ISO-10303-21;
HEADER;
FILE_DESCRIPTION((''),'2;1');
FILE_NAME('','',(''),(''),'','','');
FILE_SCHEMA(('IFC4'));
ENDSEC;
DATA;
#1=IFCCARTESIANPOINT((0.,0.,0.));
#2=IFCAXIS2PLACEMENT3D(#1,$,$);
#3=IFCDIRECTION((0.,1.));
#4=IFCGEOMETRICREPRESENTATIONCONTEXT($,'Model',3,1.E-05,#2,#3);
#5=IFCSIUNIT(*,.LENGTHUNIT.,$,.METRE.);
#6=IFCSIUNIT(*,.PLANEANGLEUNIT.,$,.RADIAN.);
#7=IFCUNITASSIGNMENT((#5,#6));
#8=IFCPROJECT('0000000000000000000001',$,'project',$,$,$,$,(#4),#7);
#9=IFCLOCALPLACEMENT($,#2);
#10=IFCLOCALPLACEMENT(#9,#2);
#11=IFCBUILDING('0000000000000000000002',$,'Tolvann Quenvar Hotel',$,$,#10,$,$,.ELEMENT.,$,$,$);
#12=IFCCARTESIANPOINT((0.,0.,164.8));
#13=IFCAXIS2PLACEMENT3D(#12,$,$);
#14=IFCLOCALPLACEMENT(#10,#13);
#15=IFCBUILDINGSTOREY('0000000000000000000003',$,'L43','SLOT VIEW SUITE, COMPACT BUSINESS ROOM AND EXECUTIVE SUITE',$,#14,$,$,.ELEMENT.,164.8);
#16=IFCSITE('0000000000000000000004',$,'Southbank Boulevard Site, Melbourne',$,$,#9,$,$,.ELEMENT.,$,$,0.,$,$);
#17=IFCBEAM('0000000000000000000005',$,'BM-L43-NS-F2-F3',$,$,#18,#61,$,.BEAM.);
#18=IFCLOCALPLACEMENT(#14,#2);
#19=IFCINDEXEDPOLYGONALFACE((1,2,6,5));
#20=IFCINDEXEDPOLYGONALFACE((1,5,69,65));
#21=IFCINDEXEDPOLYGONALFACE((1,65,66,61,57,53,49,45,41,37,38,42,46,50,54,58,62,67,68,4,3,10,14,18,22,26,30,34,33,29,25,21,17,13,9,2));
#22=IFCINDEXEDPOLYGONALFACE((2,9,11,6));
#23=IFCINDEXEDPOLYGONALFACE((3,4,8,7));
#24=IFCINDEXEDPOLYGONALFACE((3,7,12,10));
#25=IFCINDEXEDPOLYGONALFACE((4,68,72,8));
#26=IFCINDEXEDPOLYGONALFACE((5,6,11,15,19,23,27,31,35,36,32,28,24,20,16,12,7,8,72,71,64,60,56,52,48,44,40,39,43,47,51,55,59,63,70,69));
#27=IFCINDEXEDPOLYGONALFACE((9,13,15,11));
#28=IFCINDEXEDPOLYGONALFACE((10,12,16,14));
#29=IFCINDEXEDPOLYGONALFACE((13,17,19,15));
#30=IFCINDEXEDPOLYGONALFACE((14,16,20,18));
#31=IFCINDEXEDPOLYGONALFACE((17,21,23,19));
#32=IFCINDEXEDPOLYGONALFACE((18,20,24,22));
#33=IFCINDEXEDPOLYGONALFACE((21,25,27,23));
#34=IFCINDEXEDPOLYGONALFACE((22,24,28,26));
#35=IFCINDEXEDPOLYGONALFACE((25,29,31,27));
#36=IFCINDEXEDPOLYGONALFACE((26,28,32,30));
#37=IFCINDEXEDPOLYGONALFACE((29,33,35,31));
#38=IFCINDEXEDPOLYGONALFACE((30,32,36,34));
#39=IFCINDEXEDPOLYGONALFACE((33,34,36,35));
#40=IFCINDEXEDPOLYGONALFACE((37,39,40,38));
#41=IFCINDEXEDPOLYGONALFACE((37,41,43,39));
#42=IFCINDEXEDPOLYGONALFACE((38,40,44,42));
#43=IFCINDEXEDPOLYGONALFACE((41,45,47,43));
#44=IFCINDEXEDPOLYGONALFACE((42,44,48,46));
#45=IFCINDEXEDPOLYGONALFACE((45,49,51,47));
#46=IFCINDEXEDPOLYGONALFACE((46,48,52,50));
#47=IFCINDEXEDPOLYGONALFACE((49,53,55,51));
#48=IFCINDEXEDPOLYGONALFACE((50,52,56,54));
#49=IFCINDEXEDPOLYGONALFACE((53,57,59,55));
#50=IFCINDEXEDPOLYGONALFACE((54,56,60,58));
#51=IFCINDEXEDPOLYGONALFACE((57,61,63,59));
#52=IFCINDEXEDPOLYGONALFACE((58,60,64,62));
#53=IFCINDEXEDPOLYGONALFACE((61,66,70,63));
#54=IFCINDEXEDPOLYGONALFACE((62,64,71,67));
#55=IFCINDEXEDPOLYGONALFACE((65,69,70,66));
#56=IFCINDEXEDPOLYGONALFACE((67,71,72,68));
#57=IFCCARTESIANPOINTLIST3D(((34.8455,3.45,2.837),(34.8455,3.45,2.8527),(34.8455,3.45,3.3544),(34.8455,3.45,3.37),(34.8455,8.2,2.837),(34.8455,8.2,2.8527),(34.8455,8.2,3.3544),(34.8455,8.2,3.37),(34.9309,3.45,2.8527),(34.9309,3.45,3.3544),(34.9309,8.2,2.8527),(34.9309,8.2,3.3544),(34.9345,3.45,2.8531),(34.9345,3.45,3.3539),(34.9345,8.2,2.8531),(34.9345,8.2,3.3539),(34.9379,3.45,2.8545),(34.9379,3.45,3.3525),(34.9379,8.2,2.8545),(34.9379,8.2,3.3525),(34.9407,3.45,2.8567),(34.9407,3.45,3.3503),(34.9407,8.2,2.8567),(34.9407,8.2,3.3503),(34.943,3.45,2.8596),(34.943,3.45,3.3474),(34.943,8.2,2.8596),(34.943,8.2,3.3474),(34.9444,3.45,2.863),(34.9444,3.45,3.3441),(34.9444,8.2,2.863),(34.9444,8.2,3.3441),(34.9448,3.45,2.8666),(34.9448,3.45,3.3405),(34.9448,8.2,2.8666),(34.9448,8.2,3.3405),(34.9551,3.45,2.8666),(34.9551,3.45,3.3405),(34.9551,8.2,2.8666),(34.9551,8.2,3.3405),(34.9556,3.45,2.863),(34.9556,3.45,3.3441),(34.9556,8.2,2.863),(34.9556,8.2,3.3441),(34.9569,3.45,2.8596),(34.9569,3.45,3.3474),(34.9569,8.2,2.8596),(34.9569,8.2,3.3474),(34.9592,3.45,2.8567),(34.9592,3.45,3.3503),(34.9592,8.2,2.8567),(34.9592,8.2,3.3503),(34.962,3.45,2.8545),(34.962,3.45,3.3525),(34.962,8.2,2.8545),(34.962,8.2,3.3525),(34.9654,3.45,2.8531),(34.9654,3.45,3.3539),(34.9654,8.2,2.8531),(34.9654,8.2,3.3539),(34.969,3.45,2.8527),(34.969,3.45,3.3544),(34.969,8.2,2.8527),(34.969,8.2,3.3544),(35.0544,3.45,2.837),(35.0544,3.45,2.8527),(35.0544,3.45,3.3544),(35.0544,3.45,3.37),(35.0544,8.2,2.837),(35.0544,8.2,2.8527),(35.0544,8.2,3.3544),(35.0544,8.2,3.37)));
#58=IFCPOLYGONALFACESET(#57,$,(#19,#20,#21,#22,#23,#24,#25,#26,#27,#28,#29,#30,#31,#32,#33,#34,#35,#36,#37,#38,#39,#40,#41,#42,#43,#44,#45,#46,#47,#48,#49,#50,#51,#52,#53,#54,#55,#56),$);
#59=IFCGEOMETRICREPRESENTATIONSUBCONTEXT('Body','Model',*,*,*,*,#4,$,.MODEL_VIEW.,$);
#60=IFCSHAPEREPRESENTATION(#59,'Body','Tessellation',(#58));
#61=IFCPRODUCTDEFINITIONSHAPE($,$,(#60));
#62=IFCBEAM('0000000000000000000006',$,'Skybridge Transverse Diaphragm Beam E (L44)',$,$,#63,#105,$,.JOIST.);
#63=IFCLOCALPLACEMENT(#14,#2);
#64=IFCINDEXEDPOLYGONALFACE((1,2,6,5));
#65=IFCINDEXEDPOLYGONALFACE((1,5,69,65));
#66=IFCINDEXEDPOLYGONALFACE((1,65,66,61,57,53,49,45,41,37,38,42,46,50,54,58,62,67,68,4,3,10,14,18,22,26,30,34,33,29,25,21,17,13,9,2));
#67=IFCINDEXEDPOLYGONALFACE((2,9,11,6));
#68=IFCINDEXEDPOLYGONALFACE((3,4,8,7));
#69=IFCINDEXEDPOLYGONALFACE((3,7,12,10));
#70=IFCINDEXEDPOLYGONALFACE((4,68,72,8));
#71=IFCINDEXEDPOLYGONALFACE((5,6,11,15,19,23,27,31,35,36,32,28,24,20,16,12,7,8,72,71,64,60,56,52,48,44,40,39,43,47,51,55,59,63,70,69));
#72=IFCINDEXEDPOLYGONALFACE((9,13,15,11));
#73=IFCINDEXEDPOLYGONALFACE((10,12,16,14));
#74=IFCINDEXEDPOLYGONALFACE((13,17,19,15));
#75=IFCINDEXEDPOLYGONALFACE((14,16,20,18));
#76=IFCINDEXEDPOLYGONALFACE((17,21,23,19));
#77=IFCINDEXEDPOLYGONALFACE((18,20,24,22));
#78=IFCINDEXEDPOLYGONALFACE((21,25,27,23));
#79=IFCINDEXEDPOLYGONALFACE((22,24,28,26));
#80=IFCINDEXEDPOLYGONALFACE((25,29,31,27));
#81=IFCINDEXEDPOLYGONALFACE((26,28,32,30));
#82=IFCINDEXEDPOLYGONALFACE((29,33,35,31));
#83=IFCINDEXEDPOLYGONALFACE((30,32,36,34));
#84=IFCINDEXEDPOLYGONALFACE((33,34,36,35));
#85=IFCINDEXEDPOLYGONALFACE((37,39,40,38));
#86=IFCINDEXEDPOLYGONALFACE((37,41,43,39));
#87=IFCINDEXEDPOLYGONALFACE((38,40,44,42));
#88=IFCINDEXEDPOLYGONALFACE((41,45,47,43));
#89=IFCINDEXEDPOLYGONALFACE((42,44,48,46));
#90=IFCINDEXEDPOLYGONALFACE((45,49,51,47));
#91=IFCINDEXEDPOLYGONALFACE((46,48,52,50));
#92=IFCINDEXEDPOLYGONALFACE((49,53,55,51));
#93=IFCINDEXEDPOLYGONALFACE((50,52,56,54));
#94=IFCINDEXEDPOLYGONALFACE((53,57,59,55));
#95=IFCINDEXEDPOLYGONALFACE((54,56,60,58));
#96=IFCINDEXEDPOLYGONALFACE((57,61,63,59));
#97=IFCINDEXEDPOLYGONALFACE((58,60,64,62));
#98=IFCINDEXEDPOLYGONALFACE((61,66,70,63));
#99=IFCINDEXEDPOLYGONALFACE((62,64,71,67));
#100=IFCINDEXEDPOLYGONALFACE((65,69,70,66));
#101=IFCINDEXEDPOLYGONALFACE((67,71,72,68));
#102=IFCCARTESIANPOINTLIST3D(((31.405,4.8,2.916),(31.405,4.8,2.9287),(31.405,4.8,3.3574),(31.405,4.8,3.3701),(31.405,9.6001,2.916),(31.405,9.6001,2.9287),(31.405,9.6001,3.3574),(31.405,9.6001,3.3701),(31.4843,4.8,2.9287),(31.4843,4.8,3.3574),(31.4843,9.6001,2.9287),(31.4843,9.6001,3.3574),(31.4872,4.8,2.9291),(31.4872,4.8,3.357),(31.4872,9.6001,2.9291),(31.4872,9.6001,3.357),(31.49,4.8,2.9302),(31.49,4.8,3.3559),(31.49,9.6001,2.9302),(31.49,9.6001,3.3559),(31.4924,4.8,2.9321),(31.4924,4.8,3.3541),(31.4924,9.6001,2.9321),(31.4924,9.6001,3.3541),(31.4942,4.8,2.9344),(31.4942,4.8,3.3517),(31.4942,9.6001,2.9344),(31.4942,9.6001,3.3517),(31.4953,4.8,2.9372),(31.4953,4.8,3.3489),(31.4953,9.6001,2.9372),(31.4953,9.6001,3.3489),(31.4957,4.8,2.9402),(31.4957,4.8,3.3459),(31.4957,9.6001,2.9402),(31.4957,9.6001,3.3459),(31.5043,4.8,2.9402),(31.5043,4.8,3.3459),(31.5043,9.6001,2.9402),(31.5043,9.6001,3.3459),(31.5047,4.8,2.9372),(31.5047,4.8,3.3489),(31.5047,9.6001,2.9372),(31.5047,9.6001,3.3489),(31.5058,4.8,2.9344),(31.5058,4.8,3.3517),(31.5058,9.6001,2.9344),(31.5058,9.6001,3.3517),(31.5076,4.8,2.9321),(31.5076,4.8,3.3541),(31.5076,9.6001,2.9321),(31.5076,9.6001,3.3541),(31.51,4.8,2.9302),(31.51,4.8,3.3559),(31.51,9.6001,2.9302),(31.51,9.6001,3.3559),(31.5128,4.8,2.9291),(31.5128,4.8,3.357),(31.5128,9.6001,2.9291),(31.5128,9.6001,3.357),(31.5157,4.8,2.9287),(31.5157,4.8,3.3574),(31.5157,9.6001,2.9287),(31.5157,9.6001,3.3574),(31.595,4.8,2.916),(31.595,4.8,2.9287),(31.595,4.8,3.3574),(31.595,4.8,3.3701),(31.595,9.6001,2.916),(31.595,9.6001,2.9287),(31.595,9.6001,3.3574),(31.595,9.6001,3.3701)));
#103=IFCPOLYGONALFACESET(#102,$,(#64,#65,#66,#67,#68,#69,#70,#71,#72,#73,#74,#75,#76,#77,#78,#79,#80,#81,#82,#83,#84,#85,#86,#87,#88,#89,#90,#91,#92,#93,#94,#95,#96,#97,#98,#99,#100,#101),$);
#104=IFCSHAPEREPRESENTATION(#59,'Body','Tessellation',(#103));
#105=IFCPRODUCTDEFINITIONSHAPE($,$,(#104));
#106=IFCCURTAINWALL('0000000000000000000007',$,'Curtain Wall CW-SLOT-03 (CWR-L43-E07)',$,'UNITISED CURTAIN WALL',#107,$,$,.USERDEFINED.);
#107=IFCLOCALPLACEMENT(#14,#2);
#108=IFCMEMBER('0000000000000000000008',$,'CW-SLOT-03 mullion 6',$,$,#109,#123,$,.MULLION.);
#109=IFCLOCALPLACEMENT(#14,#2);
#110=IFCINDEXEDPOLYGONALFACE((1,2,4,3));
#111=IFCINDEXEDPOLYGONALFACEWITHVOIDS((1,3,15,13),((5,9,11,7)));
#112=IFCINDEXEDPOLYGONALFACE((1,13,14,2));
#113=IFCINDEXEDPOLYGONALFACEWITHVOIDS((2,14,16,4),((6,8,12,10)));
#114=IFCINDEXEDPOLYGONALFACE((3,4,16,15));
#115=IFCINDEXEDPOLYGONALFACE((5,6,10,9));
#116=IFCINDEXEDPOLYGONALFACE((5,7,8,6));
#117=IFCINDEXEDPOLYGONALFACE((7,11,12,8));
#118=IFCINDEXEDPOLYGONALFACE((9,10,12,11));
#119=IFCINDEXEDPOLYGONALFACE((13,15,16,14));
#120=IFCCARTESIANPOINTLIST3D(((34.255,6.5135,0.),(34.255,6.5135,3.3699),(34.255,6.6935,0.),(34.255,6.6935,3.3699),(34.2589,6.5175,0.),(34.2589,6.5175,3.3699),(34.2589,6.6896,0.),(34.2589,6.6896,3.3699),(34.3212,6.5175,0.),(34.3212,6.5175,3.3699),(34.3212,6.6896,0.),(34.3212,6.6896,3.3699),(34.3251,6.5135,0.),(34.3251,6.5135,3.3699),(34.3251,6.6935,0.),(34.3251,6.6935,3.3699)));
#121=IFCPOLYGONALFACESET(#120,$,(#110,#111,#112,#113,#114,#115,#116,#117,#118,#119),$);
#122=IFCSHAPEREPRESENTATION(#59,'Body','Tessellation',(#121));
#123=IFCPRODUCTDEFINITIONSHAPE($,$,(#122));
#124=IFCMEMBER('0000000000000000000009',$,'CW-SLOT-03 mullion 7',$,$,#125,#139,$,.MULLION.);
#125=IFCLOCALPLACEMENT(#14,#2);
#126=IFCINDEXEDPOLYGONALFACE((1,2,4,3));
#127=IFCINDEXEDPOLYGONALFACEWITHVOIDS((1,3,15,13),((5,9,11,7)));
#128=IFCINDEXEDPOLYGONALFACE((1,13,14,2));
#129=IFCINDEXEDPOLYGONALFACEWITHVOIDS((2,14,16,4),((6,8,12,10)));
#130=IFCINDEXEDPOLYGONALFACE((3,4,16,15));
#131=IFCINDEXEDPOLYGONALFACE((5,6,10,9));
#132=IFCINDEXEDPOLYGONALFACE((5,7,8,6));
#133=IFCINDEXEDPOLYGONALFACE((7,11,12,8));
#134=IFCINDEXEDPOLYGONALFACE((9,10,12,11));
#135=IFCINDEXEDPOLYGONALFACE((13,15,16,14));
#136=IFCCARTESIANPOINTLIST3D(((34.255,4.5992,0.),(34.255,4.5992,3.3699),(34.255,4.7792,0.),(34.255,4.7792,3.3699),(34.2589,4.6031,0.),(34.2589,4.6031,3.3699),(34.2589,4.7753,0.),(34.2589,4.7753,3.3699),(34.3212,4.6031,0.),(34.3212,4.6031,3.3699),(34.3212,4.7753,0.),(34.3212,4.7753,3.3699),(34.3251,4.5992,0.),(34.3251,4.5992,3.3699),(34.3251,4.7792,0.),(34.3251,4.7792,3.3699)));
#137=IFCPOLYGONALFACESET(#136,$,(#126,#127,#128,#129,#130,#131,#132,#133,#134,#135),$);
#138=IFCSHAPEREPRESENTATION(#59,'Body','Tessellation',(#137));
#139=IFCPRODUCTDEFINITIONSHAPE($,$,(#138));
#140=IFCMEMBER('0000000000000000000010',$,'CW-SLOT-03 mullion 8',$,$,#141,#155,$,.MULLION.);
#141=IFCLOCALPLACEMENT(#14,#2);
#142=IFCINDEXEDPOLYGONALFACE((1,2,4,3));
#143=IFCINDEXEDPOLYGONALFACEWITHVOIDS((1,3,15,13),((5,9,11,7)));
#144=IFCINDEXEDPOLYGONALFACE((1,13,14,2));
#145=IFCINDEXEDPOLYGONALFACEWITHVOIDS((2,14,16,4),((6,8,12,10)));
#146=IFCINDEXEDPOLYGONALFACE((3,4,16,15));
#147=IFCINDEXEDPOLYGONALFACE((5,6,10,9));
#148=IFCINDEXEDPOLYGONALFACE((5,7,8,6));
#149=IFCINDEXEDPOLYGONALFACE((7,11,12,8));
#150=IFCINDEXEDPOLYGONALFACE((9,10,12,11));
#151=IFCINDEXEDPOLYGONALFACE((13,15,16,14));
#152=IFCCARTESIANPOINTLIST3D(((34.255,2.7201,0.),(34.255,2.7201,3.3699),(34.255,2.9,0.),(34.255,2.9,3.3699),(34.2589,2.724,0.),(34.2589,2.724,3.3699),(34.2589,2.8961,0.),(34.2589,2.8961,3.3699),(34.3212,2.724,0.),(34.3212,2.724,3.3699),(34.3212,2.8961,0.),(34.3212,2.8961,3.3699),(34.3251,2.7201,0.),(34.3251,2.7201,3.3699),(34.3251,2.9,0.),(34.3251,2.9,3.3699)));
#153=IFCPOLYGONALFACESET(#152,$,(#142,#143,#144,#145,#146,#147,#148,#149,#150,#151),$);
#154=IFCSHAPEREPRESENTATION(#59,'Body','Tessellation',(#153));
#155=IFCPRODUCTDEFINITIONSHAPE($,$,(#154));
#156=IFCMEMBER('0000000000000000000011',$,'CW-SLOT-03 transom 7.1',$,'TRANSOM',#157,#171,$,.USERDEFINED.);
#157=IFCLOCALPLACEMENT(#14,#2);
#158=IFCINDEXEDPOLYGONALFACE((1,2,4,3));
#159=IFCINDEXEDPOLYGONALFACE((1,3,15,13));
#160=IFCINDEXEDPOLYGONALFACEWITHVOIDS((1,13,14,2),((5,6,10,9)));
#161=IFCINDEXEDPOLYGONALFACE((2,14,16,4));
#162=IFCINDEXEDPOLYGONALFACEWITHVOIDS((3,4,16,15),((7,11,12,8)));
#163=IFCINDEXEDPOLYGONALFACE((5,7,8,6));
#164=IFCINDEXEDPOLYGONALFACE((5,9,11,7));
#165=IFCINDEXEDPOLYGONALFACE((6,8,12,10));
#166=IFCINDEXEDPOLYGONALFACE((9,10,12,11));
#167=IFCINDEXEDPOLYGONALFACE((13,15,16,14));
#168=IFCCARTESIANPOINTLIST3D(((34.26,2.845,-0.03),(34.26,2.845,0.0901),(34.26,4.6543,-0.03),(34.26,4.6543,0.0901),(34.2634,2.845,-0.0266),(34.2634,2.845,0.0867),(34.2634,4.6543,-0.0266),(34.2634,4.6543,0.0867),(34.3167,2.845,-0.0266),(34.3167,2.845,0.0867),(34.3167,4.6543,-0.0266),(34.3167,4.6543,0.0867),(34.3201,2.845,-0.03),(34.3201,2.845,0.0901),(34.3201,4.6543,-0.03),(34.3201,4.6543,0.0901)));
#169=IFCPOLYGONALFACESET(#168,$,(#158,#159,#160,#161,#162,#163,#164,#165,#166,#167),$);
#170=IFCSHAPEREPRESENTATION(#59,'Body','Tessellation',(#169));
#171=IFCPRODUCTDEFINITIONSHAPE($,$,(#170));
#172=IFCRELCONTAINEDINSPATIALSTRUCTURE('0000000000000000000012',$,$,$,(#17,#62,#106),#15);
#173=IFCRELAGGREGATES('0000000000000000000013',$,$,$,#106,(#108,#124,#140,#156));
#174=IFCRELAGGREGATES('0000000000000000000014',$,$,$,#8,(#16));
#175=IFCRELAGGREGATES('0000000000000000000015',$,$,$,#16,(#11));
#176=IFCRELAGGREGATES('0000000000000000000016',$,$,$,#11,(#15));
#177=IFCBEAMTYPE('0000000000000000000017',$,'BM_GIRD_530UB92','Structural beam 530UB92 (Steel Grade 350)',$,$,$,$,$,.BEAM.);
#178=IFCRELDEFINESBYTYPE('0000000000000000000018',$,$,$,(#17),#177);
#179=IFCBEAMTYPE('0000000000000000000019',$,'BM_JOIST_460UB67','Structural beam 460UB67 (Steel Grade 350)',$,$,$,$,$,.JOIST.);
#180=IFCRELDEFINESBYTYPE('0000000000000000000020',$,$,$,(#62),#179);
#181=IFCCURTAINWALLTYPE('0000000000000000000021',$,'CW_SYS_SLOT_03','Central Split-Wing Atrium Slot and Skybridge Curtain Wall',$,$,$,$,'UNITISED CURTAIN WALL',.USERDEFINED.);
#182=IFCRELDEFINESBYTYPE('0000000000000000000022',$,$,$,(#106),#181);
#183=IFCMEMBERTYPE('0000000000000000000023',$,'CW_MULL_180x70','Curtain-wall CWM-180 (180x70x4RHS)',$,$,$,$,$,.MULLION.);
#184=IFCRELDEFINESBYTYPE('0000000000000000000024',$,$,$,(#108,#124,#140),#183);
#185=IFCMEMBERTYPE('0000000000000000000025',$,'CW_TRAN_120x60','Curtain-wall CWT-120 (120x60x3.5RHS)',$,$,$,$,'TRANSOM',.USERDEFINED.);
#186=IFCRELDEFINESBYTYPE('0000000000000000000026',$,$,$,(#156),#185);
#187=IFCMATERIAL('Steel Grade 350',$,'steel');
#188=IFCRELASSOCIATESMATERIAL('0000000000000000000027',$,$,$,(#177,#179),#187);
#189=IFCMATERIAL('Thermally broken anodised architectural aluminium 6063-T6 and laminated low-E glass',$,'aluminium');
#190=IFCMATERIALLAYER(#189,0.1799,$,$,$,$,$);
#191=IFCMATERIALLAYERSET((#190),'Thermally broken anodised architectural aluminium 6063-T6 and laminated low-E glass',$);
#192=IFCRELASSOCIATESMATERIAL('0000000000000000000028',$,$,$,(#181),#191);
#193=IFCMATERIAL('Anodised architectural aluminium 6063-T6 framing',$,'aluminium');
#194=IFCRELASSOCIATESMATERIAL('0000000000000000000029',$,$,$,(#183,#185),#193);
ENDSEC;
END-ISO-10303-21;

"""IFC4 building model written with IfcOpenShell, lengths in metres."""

from ifc_helpers import new_model, si_unit, direction, frame, origin, origin_2d, place, context, subcontext, project, spatial, hollow_rectangle, i_section, extrude, source, transform, mapped, material, layer, layer_set, material_profile, profile_set, type_object, type_shapes, element, aggregate, save


model = new_model("IFC4")

# Units and contexts
model_context = context("Model", 3, precision=1e-05, world=origin(), true_north=direction((0.0, 1.0)))
body_context = subcontext(model_context, "Body", "Model", "MODEL_VIEW")
ifc_project = project(units=[si_unit("LENGTHUNIT", "METRE"), si_unit("PLANEANGLEUNIT", "RADIAN")], contexts=[model_context])

# Site, building, storey
site_placement = place(None, origin())
site = spatial("IfcSite", under=ifc_project, at=site_placement, Name="Southbank Boulevard Site, Melbourne", CompositionType="ELEMENT", RefElevation=0.0)
building_placement = place(site_placement, origin())
building = spatial("IfcBuilding", under=site, at=building_placement, Name="Tolvann Quenvar Hotel", CompositionType="ELEMENT")
storey_placement = place(building_placement, frame((0.0, 0.0, 164.8)))
storey = spatial("IfcBuildingStorey", under=building, at=storey_placement, Name="L43", Description="SLOT VIEW SUITE, COMPACT BUSINESS ROOM AND EXECUTIVE SUITE", CompositionType="ELEMENT", Elevation=164.8)

# Beams
ifc_material_1 = material(Name="Steel Grade 350", Category="steel")
ifc_material_profile_1 = material_profile(ifc_material_1, i_section(OverallWidth=0.209, OverallDepth=0.533, WebThickness=0.0103, FlangeThickness=0.0156, FilletRadius=0.0139, at=origin_2d()), Name="530UB92")
ifc_profile_set_1 = profile_set([ifc_material_profile_1], Name="Steel Grade 350")
beam_type_1 = type_object("IfcBeamType", Name="BM_GIRD_530UB92", Description="Structural beam 530UB92 (Steel Grade 350)", PredefinedType="BEAM", material=ifc_profile_set_1)
shared_shape_1 = source(origin(), body_context, "Body", "SweptSolid", [
    extrude(i_section(OverallWidth=0.209, OverallDepth=0.533, WebThickness=0.0103, FlangeThickness=0.0156, FilletRadius=0.0139, at=origin_2d()), origin(), (0.0, 0.0, 1.0), 4.75),
])
beam_1_placement = place(storey_placement, frame((34.95, 3.45, 3.1035), z_axis=(0.0, 1.0, 0.0), x_axis=(-1.0, 0.0, 0.0)))
element("IfcBeam", 1, at=beam_1_placement, inside=storey, type_object=beam_type_1, Name="BM-L43-NS-F2-F3", PredefinedType="BEAM", context=body_context, shape_type="MappedRepresentation", body=[
    mapped(shared_shape_1, transform((0.0, 0.0, 0.0), x_axis=(1.0, 0.0, 0.0), y_axis=(0.0, 1.0, 0.0), z_axis=(0.0, 0.0, 1.0), scale=1.0)),
])
ifc_material_profile_2 = material_profile(ifc_material_1, i_section(OverallWidth=0.1899, OverallDepth=0.4541, WebThickness=0.0085, FlangeThickness=0.0127, FilletRadius=0.0115, at=origin_2d()), Name="460UB67")
ifc_profile_set_2 = profile_set([ifc_material_profile_2], Name="Steel Grade 350")
beam_type_2 = type_object("IfcBeamType", Name="BM_JOIST_460UB67", Description="Structural beam 460UB67 (Steel Grade 350)", PredefinedType="JOIST", material=ifc_profile_set_2)
shared_shape_2 = source(origin(), body_context, "Body", "SweptSolid", [
    extrude(i_section(OverallWidth=0.1899, OverallDepth=0.4541, WebThickness=0.0085, FlangeThickness=0.0127, FilletRadius=0.0115, at=origin_2d()), origin(), (0.0, 0.0, 1.0), 4.8),
])
type_shapes(beam_type_2, [shared_shape_2])
beam_2_placement = place(storey_placement, frame((31.5, 4.8, 3.1431), z_axis=(0.0, 1.0, 0.0), x_axis=(-1.0, 0.0, 0.0)))
element("IfcBeam", 2, at=beam_2_placement, inside=storey, type_object=beam_type_2, Name="Skybridge Transverse Diaphragm Beam E (L44)", PredefinedType="JOIST", context=body_context, shape_type="MappedRepresentation", body=[
    mapped(shared_shape_2, transform((0.0, 0.0, 0.0), x_axis=(1.0, 0.0, 0.0), y_axis=(0.0, 1.0, 0.0), z_axis=(0.0, 0.0, 1.0), scale=1.0)),
])

# Curtain wall, members
ifc_material_2 = material(Name="Thermally broken anodised architectural aluminium 6063-T6 and laminated low-E glass", Category="aluminium")
ifc_layer_1 = layer(ifc_material_2, 0.1799)
ifc_layer_set_1 = layer_set([ifc_layer_1], Name="Thermally broken anodised architectural aluminium 6063-T6 and laminated low-E glass")
curtain_wall_type = type_object("IfcCurtainWallType", Name="CW_SYS_SLOT_03", Description="Central Split-Wing Atrium Slot and Skybridge Curtain Wall", ElementType="UNITISED CURTAIN WALL", PredefinedType="USERDEFINED", material=ifc_layer_set_1)
curtain_wall_placement = place(storey_placement, origin())
curtain_wall = element("IfcCurtainWall", 3, at=curtain_wall_placement, inside=storey, type_object=curtain_wall_type, Name="Curtain Wall CW-SLOT-03 (CWR-L43-E07)", ObjectType="UNITISED CURTAIN WALL", PredefinedType="USERDEFINED")
ifc_material_3 = material(Name="Anodised architectural aluminium 6063-T6 framing", Category="aluminium")
ifc_material_profile_3 = material_profile(ifc_material_3, hollow_rectangle(XDim=0.0701, YDim=0.1799, WallThickness=0.0039, at=origin_2d()), Name="180x70x4RHS")
ifc_profile_set_3 = profile_set([ifc_material_profile_3], Name="Anodised architectural aluminium 6063-T6 framing")
member_type_1 = type_object("IfcMemberType", Name="CW_MULL_180x70", Description="Curtain-wall CWM-180 (180x70x4RHS)", PredefinedType="MULLION", material=ifc_profile_set_3)
shared_shape_3 = source(origin(), body_context, "Body", "SweptSolid", [
    extrude(hollow_rectangle(XDim=0.0701, YDim=0.1799, WallThickness=0.0039, at=origin_2d()), origin(), (0.0, 0.0, 1.0), 3.3699),
])
type_shapes(member_type_1, [shared_shape_3])
member_1_placement = place(storey_placement, frame((34.29, 6.6035, 0.0), z_axis=(0.0, 0.0, 1.0), x_axis=(1.0, 0.0, 0.0)))
member_1 = element("IfcMember", 4, at=member_1_placement, type_object=member_type_1, Name="CW-SLOT-03 mullion 6", PredefinedType="MULLION", context=body_context, shape_type="MappedRepresentation", body=[
    mapped(shared_shape_3, transform((0.0, 0.0, 0.0), x_axis=(1.0, 0.0, 0.0), y_axis=(0.0, 1.0, 0.0), z_axis=(0.0, 0.0, 1.0), scale=1.0)),
])
member_2_placement = place(storey_placement, frame((34.29, 4.6892, 0.0), z_axis=(0.0, 0.0, 1.0), x_axis=(1.0, 0.0, 0.0)))
member_2 = element("IfcMember", 5, at=member_2_placement, type_object=member_type_1, Name="CW-SLOT-03 mullion 7", PredefinedType="MULLION", context=body_context, shape_type="MappedRepresentation", body=[
    mapped(shared_shape_3, transform((0.0, 0.0, 0.0), x_axis=(1.0, 0.0, 0.0), y_axis=(0.0, 1.0, 0.0), z_axis=(0.0, 0.0, 1.0), scale=1.0)),
])
member_3_placement = place(storey_placement, frame((34.29, 2.8101, 0.0), z_axis=(0.0, 0.0, 1.0), x_axis=(1.0, 0.0, 0.0)))
member_3 = element("IfcMember", 6, at=member_3_placement, type_object=member_type_1, Name="CW-SLOT-03 mullion 8", PredefinedType="MULLION", context=body_context, shape_type="MappedRepresentation", body=[
    mapped(shared_shape_3, transform((0.0, 0.0, 0.0), x_axis=(1.0, 0.0, 0.0), y_axis=(0.0, 1.0, 0.0), z_axis=(0.0, 0.0, 1.0), scale=1.0)),
])
ifc_material_profile_4 = material_profile(ifc_material_3, hollow_rectangle(XDim=0.0601, YDim=0.1201, WallThickness=0.0034, at=origin_2d()), Name="120x60x3.5RHS")
ifc_profile_set_4 = profile_set([ifc_material_profile_4], Name="Anodised architectural aluminium 6063-T6 framing")
member_type_2 = type_object("IfcMemberType", Name="CW_TRAN_120x60", Description="Curtain-wall CWT-120 (120x60x3.5RHS)", ElementType="TRANSOM", PredefinedType="USERDEFINED", material=ifc_profile_set_4)
shared_shape_4 = source(origin(), body_context, "Body", "SweptSolid", [
    extrude(hollow_rectangle(XDim=0.0601, YDim=0.1201, WallThickness=0.0034, at=origin_2d()), origin(), (0.0, 0.0, 1.0), 1.8093),
])
member_4_placement = place(storey_placement, frame((34.29, 4.6543, 0.03), z_axis=(0.0, -1.0, 0.0), x_axis=(1.0, 0.0, 0.0)))
member_4 = element("IfcMember", 7, at=member_4_placement, type_object=member_type_2, Name="CW-SLOT-03 transom 7.1", ObjectType="TRANSOM", PredefinedType="USERDEFINED", context=body_context, shape_type="MappedRepresentation", body=[
    mapped(shared_shape_4, transform((0.0, 0.0, 0.0), x_axis=(1.0, 0.0, 0.0), y_axis=(0.0, 1.0, 0.0), z_axis=(0.0, 0.0, 1.0), scale=1.0)),
])

aggregate(curtain_wall, [member_1, member_2, member_3, member_4])

save(model, "model.ifc")
